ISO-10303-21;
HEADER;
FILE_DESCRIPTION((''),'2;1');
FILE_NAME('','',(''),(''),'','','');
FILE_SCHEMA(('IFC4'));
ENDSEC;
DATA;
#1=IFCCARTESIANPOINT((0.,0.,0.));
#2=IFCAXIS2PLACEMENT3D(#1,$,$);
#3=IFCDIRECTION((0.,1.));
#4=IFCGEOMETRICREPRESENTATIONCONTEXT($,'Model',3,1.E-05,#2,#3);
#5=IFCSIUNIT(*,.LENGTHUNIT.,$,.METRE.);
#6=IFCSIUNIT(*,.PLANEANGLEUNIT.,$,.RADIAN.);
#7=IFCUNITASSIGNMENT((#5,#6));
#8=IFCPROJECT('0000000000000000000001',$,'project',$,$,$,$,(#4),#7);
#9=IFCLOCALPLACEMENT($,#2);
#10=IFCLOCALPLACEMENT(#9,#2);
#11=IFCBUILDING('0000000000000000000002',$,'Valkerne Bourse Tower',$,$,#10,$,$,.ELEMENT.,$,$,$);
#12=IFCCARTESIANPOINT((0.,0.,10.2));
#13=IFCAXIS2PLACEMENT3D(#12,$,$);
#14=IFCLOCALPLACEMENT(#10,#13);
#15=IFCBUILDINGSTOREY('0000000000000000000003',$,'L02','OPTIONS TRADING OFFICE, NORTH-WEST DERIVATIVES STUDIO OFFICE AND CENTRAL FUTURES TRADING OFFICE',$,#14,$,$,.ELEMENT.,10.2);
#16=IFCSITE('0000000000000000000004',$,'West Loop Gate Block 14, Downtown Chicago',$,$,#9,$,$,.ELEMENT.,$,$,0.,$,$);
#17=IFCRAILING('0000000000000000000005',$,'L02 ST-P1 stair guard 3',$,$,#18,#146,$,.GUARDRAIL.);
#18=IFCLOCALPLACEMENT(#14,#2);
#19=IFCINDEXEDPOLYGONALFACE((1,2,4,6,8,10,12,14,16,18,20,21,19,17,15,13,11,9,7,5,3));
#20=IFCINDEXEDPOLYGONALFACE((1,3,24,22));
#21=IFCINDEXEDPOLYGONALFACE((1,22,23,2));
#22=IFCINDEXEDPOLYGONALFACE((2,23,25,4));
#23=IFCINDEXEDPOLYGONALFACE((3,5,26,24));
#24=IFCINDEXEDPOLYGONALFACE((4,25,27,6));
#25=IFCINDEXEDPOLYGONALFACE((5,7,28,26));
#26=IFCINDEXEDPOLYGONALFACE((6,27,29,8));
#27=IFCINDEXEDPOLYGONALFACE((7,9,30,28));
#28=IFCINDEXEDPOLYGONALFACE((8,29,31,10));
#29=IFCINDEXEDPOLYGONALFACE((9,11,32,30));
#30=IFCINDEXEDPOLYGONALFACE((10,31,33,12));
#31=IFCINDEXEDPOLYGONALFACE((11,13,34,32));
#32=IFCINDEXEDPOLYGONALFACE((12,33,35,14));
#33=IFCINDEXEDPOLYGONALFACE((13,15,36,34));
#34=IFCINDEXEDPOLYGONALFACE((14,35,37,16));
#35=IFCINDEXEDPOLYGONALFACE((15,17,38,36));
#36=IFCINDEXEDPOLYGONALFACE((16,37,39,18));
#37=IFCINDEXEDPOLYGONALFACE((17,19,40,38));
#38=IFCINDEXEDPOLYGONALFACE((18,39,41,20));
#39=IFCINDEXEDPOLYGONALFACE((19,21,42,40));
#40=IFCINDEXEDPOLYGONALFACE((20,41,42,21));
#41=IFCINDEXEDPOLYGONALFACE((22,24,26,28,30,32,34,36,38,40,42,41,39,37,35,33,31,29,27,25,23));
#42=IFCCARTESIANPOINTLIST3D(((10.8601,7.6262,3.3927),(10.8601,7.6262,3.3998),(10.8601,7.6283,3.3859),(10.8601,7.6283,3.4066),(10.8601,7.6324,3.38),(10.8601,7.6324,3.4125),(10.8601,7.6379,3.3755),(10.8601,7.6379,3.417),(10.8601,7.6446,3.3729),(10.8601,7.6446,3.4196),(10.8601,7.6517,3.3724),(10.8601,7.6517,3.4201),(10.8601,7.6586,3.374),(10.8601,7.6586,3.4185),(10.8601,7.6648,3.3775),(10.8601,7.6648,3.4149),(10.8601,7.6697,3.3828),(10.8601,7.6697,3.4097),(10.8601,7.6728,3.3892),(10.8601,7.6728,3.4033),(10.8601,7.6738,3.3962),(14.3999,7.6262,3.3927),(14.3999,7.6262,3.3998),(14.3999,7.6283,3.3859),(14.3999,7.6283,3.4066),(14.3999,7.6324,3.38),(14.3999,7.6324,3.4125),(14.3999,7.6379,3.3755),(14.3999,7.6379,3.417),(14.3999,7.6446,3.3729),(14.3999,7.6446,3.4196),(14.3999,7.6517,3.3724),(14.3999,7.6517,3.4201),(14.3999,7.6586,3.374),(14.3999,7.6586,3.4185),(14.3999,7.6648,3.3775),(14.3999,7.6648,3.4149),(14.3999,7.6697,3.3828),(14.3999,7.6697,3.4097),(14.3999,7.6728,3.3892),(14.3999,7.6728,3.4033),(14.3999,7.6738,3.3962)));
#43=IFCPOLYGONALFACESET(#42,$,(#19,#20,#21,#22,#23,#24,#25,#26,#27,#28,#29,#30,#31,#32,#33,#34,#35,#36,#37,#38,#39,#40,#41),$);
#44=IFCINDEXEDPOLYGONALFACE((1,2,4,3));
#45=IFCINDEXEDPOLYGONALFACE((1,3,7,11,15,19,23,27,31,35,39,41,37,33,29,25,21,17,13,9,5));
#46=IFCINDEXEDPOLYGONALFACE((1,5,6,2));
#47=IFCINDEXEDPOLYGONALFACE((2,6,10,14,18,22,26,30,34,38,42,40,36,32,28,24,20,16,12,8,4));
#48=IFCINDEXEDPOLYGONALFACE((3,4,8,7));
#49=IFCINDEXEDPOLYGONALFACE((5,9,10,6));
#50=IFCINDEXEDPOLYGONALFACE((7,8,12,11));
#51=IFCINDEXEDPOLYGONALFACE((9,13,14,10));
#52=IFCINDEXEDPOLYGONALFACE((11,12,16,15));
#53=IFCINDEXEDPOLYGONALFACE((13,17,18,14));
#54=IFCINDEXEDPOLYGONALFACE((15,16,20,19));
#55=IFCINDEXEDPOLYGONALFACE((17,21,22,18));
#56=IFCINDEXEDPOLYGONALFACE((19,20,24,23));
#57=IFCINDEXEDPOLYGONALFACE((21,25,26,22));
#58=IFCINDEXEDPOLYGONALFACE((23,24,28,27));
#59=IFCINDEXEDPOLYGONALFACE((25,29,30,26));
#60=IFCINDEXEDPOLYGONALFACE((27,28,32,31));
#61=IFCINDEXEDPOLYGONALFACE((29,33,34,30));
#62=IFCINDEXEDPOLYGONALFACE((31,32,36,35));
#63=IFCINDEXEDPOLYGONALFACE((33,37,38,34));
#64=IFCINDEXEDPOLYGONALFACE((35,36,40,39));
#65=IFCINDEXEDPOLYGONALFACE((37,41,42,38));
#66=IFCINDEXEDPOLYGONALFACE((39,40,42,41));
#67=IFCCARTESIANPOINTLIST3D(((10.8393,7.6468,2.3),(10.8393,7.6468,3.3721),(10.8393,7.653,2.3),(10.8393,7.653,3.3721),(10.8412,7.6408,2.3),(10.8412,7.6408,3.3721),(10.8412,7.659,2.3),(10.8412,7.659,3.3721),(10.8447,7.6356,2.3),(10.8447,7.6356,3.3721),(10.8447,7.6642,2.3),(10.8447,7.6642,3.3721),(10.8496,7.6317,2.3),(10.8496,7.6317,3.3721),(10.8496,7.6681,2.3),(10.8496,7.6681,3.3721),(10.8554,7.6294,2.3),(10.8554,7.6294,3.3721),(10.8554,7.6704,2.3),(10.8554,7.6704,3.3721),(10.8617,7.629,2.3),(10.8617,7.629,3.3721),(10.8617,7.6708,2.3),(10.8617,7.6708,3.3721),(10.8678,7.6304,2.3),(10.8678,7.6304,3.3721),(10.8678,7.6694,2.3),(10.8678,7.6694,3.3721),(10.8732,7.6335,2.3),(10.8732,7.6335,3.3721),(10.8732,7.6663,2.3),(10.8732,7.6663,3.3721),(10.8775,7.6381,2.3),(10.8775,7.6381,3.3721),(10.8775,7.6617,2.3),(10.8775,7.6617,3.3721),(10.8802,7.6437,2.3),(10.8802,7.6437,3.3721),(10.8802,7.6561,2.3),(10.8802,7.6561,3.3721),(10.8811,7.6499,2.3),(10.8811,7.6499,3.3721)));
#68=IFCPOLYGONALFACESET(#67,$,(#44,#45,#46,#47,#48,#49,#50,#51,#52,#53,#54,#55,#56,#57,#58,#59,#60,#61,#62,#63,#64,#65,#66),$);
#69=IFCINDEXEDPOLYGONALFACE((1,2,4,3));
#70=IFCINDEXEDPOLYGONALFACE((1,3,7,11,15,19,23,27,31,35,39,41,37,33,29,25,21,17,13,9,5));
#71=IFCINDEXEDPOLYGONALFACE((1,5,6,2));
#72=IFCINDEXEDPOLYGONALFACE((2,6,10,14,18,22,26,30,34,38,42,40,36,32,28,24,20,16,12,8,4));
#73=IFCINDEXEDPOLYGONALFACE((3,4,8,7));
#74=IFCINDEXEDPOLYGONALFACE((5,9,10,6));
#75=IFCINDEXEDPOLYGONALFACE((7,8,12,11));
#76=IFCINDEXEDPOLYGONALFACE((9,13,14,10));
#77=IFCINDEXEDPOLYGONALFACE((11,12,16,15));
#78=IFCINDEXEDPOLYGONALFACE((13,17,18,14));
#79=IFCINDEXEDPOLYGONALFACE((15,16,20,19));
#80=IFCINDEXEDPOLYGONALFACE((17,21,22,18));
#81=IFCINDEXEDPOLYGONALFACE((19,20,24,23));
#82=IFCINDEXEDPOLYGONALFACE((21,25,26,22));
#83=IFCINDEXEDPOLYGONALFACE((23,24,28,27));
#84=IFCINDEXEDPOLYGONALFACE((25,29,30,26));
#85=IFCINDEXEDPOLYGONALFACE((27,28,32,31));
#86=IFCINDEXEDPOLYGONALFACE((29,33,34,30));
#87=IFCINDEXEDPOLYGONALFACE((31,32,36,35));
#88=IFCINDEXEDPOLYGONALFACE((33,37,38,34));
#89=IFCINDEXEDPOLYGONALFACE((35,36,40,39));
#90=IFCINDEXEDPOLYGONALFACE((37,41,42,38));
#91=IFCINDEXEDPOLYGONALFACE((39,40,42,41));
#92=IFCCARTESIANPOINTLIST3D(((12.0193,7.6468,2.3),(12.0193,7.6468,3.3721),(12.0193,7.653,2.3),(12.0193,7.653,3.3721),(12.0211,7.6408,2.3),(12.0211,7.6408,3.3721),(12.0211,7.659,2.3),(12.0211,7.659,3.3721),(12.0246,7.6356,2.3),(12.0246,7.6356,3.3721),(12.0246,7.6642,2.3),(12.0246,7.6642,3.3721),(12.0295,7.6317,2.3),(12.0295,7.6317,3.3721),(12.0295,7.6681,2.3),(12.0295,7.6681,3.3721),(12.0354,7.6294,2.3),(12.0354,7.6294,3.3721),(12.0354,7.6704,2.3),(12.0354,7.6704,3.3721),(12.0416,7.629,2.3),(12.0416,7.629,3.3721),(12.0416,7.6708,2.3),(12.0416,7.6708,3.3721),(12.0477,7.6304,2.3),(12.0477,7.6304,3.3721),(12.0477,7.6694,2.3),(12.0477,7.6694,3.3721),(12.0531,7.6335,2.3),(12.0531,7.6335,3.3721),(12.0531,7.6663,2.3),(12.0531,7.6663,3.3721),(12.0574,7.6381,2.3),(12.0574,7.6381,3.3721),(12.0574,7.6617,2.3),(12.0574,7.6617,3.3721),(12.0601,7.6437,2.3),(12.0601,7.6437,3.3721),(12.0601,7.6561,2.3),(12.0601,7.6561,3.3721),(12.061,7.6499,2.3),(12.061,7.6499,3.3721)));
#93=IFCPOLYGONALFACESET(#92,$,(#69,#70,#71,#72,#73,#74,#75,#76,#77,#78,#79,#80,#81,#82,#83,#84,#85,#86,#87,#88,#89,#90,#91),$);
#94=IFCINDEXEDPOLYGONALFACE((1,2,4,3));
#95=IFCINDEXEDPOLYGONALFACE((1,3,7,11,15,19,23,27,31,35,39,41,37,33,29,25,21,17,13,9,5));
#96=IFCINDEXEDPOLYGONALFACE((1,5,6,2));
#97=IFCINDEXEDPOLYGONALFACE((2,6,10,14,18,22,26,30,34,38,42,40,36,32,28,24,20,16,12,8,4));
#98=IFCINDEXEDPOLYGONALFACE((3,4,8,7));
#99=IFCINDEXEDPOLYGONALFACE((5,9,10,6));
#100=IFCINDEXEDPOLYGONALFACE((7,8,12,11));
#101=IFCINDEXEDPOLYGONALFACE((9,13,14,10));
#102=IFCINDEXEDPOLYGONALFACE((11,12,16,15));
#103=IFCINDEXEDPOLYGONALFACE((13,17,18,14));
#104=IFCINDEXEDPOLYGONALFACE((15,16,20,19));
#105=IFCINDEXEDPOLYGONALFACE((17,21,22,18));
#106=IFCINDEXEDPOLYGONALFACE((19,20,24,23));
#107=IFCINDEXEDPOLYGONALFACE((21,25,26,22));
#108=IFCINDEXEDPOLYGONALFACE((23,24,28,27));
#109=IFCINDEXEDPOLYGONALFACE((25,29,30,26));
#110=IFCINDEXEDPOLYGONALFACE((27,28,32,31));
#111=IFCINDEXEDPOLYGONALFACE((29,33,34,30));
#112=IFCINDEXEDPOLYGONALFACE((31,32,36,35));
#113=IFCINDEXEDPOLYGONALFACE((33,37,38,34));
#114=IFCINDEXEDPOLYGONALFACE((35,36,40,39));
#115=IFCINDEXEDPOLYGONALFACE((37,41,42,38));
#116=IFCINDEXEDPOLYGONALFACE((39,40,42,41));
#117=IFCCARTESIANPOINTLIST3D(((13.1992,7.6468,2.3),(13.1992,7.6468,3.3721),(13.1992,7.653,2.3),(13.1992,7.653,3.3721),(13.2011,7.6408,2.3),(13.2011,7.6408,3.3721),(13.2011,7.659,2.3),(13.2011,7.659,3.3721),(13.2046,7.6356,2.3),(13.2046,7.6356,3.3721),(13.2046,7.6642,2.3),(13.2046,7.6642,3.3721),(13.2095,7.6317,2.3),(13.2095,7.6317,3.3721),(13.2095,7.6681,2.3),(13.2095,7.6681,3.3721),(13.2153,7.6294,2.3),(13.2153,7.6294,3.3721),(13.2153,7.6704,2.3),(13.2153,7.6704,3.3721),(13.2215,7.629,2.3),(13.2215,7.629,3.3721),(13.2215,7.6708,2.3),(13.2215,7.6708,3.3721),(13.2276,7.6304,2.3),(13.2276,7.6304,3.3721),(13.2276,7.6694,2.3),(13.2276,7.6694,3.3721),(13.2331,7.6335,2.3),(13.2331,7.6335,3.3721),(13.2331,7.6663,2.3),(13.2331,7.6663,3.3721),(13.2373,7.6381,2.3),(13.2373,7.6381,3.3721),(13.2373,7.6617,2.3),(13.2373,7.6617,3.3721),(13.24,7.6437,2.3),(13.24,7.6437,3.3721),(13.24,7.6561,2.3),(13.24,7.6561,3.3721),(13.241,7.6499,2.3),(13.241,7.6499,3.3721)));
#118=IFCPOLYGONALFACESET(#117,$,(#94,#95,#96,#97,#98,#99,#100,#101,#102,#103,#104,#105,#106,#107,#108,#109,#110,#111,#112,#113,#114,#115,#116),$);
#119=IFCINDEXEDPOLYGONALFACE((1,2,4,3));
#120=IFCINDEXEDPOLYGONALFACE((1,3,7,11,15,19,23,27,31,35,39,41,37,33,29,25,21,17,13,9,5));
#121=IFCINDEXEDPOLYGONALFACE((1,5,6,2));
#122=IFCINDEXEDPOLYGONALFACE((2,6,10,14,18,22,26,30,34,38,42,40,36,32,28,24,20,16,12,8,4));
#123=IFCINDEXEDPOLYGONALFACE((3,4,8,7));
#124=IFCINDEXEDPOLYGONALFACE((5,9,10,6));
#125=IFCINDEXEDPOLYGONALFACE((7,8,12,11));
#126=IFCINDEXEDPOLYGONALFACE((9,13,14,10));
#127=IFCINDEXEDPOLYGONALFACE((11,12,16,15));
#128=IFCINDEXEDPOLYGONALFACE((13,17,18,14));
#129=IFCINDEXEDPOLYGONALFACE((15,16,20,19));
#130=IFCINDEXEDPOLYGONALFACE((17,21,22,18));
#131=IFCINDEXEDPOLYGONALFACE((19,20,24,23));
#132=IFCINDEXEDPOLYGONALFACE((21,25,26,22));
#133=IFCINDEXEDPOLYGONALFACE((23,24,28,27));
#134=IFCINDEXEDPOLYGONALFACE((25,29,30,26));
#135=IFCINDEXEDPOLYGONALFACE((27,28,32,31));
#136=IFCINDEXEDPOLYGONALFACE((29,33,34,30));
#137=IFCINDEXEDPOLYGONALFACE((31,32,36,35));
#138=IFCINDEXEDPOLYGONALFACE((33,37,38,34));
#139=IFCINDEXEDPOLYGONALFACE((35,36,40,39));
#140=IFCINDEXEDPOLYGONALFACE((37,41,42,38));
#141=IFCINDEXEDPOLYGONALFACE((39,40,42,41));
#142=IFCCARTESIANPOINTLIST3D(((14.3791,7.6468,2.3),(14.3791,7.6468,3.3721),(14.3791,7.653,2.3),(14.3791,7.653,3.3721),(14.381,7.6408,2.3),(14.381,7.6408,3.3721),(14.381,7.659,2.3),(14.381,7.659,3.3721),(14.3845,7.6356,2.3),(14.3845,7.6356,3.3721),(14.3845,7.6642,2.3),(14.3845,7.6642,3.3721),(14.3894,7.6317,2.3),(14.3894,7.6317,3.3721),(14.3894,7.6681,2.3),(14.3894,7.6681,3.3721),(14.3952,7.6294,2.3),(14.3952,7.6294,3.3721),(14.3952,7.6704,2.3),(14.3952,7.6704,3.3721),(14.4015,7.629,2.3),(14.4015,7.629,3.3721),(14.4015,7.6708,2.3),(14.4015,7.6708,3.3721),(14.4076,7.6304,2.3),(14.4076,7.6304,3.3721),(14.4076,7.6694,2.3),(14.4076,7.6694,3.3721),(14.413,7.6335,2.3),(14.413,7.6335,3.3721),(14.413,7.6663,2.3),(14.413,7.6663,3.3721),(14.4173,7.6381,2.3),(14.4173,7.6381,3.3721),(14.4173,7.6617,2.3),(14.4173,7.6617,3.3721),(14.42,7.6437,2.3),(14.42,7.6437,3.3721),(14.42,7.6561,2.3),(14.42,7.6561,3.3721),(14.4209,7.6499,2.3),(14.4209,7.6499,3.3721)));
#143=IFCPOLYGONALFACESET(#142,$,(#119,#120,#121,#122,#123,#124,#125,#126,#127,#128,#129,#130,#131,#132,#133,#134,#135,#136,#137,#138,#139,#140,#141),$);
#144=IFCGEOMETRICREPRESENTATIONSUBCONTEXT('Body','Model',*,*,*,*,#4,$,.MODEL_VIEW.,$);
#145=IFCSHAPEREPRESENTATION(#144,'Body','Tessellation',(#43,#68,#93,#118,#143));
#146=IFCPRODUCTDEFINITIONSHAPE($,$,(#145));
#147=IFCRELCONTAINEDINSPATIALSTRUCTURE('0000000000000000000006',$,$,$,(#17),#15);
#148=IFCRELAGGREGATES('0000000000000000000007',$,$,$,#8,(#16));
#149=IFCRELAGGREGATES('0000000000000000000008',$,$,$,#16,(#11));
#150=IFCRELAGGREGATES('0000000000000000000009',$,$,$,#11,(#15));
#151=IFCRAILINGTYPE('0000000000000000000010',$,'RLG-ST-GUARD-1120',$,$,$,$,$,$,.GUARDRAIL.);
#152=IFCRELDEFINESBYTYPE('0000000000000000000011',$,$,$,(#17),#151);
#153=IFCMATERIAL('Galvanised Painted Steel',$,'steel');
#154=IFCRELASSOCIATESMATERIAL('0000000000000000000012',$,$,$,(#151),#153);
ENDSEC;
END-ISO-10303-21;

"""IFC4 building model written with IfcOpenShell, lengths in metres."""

from ifc_helpers import new_model, si_unit, direction, frame, origin, origin_2d, place, context, subcontext, project, spatial, circle, extrude, material, type_object, element, save


model = new_model("IFC4")

# Units and contexts
model_context = context("Model", 3, precision=1e-05, world=origin(), true_north=direction((0.0, 1.0)))
body_context = subcontext(model_context, "Body", "Model", "MODEL_VIEW")
ifc_project = project(units=[si_unit("LENGTHUNIT", "METRE"), si_unit("PLANEANGLEUNIT", "RADIAN")], contexts=[model_context])

# Site, building, storey
site_placement = place(None, origin())
site = spatial("IfcSite", under=ifc_project, at=site_placement, Name="West Loop Gate Block 14, Downtown Chicago", CompositionType="ELEMENT", RefElevation=0.0)
building_placement = place(site_placement, origin())
building = spatial("IfcBuilding", under=site, at=building_placement, Name="Valkerne Bourse Tower", CompositionType="ELEMENT")
storey_placement = place(building_placement, frame((0.0, 0.0, 10.2)))
storey = spatial("IfcBuildingStorey", under=building, at=storey_placement, Name="L02", Description="OPTIONS TRADING OFFICE, NORTH-WEST DERIVATIVES STUDIO OFFICE AND CENTRAL FUTURES TRADING OFFICE", CompositionType="ELEMENT", Elevation=10.2)

# Railing
ifc_material_1 = material(Name="Galvanised Painted Steel", Category="steel")
railing_type_1 = type_object("IfcRailingType", Name="RLG-ST-GUARD-1120", PredefinedType="GUARDRAIL", material=ifc_material_1)
railing_1_placement = place(storey_placement, frame((10.8601, 7.6499, 2.3)))
element("IfcRailing", 1, at=railing_1_placement, inside=storey, type_object=railing_type_1, Name="L02 ST-P1 stair guard 3", PredefinedType="GUARDRAIL", context=body_context, shape_type="SweptSolid", body=[
    extrude(circle(Radius=0.0239, at=origin_2d()), frame((0.0, 0.0, 1.0962), z_axis=(1.0, 0.0, 0.0), x_axis=(0.0, 1.0, 0.0)), (0.0, 0.0, 1.0), 3.5398),
    extrude(circle(Radius=0.021, at=origin_2d()), origin(), (0.0, 0.0, 1.0), 1.072),
    extrude(circle(Radius=0.021, at=origin_2d()), frame((1.1799, 0.0, 0.0)), (0.0, 0.0, 1.0), 1.072),
    extrude(circle(Radius=0.021, at=origin_2d()), frame((2.3599, 0.0, 0.0)), (0.0, 0.0, 1.0), 1.072),
    extrude(circle(Radius=0.021, at=origin_2d()), frame((3.5398, 0.0, 0.0)), (0.0, 0.0, 1.0), 1.072),
])

save(model, "model.ifc")
